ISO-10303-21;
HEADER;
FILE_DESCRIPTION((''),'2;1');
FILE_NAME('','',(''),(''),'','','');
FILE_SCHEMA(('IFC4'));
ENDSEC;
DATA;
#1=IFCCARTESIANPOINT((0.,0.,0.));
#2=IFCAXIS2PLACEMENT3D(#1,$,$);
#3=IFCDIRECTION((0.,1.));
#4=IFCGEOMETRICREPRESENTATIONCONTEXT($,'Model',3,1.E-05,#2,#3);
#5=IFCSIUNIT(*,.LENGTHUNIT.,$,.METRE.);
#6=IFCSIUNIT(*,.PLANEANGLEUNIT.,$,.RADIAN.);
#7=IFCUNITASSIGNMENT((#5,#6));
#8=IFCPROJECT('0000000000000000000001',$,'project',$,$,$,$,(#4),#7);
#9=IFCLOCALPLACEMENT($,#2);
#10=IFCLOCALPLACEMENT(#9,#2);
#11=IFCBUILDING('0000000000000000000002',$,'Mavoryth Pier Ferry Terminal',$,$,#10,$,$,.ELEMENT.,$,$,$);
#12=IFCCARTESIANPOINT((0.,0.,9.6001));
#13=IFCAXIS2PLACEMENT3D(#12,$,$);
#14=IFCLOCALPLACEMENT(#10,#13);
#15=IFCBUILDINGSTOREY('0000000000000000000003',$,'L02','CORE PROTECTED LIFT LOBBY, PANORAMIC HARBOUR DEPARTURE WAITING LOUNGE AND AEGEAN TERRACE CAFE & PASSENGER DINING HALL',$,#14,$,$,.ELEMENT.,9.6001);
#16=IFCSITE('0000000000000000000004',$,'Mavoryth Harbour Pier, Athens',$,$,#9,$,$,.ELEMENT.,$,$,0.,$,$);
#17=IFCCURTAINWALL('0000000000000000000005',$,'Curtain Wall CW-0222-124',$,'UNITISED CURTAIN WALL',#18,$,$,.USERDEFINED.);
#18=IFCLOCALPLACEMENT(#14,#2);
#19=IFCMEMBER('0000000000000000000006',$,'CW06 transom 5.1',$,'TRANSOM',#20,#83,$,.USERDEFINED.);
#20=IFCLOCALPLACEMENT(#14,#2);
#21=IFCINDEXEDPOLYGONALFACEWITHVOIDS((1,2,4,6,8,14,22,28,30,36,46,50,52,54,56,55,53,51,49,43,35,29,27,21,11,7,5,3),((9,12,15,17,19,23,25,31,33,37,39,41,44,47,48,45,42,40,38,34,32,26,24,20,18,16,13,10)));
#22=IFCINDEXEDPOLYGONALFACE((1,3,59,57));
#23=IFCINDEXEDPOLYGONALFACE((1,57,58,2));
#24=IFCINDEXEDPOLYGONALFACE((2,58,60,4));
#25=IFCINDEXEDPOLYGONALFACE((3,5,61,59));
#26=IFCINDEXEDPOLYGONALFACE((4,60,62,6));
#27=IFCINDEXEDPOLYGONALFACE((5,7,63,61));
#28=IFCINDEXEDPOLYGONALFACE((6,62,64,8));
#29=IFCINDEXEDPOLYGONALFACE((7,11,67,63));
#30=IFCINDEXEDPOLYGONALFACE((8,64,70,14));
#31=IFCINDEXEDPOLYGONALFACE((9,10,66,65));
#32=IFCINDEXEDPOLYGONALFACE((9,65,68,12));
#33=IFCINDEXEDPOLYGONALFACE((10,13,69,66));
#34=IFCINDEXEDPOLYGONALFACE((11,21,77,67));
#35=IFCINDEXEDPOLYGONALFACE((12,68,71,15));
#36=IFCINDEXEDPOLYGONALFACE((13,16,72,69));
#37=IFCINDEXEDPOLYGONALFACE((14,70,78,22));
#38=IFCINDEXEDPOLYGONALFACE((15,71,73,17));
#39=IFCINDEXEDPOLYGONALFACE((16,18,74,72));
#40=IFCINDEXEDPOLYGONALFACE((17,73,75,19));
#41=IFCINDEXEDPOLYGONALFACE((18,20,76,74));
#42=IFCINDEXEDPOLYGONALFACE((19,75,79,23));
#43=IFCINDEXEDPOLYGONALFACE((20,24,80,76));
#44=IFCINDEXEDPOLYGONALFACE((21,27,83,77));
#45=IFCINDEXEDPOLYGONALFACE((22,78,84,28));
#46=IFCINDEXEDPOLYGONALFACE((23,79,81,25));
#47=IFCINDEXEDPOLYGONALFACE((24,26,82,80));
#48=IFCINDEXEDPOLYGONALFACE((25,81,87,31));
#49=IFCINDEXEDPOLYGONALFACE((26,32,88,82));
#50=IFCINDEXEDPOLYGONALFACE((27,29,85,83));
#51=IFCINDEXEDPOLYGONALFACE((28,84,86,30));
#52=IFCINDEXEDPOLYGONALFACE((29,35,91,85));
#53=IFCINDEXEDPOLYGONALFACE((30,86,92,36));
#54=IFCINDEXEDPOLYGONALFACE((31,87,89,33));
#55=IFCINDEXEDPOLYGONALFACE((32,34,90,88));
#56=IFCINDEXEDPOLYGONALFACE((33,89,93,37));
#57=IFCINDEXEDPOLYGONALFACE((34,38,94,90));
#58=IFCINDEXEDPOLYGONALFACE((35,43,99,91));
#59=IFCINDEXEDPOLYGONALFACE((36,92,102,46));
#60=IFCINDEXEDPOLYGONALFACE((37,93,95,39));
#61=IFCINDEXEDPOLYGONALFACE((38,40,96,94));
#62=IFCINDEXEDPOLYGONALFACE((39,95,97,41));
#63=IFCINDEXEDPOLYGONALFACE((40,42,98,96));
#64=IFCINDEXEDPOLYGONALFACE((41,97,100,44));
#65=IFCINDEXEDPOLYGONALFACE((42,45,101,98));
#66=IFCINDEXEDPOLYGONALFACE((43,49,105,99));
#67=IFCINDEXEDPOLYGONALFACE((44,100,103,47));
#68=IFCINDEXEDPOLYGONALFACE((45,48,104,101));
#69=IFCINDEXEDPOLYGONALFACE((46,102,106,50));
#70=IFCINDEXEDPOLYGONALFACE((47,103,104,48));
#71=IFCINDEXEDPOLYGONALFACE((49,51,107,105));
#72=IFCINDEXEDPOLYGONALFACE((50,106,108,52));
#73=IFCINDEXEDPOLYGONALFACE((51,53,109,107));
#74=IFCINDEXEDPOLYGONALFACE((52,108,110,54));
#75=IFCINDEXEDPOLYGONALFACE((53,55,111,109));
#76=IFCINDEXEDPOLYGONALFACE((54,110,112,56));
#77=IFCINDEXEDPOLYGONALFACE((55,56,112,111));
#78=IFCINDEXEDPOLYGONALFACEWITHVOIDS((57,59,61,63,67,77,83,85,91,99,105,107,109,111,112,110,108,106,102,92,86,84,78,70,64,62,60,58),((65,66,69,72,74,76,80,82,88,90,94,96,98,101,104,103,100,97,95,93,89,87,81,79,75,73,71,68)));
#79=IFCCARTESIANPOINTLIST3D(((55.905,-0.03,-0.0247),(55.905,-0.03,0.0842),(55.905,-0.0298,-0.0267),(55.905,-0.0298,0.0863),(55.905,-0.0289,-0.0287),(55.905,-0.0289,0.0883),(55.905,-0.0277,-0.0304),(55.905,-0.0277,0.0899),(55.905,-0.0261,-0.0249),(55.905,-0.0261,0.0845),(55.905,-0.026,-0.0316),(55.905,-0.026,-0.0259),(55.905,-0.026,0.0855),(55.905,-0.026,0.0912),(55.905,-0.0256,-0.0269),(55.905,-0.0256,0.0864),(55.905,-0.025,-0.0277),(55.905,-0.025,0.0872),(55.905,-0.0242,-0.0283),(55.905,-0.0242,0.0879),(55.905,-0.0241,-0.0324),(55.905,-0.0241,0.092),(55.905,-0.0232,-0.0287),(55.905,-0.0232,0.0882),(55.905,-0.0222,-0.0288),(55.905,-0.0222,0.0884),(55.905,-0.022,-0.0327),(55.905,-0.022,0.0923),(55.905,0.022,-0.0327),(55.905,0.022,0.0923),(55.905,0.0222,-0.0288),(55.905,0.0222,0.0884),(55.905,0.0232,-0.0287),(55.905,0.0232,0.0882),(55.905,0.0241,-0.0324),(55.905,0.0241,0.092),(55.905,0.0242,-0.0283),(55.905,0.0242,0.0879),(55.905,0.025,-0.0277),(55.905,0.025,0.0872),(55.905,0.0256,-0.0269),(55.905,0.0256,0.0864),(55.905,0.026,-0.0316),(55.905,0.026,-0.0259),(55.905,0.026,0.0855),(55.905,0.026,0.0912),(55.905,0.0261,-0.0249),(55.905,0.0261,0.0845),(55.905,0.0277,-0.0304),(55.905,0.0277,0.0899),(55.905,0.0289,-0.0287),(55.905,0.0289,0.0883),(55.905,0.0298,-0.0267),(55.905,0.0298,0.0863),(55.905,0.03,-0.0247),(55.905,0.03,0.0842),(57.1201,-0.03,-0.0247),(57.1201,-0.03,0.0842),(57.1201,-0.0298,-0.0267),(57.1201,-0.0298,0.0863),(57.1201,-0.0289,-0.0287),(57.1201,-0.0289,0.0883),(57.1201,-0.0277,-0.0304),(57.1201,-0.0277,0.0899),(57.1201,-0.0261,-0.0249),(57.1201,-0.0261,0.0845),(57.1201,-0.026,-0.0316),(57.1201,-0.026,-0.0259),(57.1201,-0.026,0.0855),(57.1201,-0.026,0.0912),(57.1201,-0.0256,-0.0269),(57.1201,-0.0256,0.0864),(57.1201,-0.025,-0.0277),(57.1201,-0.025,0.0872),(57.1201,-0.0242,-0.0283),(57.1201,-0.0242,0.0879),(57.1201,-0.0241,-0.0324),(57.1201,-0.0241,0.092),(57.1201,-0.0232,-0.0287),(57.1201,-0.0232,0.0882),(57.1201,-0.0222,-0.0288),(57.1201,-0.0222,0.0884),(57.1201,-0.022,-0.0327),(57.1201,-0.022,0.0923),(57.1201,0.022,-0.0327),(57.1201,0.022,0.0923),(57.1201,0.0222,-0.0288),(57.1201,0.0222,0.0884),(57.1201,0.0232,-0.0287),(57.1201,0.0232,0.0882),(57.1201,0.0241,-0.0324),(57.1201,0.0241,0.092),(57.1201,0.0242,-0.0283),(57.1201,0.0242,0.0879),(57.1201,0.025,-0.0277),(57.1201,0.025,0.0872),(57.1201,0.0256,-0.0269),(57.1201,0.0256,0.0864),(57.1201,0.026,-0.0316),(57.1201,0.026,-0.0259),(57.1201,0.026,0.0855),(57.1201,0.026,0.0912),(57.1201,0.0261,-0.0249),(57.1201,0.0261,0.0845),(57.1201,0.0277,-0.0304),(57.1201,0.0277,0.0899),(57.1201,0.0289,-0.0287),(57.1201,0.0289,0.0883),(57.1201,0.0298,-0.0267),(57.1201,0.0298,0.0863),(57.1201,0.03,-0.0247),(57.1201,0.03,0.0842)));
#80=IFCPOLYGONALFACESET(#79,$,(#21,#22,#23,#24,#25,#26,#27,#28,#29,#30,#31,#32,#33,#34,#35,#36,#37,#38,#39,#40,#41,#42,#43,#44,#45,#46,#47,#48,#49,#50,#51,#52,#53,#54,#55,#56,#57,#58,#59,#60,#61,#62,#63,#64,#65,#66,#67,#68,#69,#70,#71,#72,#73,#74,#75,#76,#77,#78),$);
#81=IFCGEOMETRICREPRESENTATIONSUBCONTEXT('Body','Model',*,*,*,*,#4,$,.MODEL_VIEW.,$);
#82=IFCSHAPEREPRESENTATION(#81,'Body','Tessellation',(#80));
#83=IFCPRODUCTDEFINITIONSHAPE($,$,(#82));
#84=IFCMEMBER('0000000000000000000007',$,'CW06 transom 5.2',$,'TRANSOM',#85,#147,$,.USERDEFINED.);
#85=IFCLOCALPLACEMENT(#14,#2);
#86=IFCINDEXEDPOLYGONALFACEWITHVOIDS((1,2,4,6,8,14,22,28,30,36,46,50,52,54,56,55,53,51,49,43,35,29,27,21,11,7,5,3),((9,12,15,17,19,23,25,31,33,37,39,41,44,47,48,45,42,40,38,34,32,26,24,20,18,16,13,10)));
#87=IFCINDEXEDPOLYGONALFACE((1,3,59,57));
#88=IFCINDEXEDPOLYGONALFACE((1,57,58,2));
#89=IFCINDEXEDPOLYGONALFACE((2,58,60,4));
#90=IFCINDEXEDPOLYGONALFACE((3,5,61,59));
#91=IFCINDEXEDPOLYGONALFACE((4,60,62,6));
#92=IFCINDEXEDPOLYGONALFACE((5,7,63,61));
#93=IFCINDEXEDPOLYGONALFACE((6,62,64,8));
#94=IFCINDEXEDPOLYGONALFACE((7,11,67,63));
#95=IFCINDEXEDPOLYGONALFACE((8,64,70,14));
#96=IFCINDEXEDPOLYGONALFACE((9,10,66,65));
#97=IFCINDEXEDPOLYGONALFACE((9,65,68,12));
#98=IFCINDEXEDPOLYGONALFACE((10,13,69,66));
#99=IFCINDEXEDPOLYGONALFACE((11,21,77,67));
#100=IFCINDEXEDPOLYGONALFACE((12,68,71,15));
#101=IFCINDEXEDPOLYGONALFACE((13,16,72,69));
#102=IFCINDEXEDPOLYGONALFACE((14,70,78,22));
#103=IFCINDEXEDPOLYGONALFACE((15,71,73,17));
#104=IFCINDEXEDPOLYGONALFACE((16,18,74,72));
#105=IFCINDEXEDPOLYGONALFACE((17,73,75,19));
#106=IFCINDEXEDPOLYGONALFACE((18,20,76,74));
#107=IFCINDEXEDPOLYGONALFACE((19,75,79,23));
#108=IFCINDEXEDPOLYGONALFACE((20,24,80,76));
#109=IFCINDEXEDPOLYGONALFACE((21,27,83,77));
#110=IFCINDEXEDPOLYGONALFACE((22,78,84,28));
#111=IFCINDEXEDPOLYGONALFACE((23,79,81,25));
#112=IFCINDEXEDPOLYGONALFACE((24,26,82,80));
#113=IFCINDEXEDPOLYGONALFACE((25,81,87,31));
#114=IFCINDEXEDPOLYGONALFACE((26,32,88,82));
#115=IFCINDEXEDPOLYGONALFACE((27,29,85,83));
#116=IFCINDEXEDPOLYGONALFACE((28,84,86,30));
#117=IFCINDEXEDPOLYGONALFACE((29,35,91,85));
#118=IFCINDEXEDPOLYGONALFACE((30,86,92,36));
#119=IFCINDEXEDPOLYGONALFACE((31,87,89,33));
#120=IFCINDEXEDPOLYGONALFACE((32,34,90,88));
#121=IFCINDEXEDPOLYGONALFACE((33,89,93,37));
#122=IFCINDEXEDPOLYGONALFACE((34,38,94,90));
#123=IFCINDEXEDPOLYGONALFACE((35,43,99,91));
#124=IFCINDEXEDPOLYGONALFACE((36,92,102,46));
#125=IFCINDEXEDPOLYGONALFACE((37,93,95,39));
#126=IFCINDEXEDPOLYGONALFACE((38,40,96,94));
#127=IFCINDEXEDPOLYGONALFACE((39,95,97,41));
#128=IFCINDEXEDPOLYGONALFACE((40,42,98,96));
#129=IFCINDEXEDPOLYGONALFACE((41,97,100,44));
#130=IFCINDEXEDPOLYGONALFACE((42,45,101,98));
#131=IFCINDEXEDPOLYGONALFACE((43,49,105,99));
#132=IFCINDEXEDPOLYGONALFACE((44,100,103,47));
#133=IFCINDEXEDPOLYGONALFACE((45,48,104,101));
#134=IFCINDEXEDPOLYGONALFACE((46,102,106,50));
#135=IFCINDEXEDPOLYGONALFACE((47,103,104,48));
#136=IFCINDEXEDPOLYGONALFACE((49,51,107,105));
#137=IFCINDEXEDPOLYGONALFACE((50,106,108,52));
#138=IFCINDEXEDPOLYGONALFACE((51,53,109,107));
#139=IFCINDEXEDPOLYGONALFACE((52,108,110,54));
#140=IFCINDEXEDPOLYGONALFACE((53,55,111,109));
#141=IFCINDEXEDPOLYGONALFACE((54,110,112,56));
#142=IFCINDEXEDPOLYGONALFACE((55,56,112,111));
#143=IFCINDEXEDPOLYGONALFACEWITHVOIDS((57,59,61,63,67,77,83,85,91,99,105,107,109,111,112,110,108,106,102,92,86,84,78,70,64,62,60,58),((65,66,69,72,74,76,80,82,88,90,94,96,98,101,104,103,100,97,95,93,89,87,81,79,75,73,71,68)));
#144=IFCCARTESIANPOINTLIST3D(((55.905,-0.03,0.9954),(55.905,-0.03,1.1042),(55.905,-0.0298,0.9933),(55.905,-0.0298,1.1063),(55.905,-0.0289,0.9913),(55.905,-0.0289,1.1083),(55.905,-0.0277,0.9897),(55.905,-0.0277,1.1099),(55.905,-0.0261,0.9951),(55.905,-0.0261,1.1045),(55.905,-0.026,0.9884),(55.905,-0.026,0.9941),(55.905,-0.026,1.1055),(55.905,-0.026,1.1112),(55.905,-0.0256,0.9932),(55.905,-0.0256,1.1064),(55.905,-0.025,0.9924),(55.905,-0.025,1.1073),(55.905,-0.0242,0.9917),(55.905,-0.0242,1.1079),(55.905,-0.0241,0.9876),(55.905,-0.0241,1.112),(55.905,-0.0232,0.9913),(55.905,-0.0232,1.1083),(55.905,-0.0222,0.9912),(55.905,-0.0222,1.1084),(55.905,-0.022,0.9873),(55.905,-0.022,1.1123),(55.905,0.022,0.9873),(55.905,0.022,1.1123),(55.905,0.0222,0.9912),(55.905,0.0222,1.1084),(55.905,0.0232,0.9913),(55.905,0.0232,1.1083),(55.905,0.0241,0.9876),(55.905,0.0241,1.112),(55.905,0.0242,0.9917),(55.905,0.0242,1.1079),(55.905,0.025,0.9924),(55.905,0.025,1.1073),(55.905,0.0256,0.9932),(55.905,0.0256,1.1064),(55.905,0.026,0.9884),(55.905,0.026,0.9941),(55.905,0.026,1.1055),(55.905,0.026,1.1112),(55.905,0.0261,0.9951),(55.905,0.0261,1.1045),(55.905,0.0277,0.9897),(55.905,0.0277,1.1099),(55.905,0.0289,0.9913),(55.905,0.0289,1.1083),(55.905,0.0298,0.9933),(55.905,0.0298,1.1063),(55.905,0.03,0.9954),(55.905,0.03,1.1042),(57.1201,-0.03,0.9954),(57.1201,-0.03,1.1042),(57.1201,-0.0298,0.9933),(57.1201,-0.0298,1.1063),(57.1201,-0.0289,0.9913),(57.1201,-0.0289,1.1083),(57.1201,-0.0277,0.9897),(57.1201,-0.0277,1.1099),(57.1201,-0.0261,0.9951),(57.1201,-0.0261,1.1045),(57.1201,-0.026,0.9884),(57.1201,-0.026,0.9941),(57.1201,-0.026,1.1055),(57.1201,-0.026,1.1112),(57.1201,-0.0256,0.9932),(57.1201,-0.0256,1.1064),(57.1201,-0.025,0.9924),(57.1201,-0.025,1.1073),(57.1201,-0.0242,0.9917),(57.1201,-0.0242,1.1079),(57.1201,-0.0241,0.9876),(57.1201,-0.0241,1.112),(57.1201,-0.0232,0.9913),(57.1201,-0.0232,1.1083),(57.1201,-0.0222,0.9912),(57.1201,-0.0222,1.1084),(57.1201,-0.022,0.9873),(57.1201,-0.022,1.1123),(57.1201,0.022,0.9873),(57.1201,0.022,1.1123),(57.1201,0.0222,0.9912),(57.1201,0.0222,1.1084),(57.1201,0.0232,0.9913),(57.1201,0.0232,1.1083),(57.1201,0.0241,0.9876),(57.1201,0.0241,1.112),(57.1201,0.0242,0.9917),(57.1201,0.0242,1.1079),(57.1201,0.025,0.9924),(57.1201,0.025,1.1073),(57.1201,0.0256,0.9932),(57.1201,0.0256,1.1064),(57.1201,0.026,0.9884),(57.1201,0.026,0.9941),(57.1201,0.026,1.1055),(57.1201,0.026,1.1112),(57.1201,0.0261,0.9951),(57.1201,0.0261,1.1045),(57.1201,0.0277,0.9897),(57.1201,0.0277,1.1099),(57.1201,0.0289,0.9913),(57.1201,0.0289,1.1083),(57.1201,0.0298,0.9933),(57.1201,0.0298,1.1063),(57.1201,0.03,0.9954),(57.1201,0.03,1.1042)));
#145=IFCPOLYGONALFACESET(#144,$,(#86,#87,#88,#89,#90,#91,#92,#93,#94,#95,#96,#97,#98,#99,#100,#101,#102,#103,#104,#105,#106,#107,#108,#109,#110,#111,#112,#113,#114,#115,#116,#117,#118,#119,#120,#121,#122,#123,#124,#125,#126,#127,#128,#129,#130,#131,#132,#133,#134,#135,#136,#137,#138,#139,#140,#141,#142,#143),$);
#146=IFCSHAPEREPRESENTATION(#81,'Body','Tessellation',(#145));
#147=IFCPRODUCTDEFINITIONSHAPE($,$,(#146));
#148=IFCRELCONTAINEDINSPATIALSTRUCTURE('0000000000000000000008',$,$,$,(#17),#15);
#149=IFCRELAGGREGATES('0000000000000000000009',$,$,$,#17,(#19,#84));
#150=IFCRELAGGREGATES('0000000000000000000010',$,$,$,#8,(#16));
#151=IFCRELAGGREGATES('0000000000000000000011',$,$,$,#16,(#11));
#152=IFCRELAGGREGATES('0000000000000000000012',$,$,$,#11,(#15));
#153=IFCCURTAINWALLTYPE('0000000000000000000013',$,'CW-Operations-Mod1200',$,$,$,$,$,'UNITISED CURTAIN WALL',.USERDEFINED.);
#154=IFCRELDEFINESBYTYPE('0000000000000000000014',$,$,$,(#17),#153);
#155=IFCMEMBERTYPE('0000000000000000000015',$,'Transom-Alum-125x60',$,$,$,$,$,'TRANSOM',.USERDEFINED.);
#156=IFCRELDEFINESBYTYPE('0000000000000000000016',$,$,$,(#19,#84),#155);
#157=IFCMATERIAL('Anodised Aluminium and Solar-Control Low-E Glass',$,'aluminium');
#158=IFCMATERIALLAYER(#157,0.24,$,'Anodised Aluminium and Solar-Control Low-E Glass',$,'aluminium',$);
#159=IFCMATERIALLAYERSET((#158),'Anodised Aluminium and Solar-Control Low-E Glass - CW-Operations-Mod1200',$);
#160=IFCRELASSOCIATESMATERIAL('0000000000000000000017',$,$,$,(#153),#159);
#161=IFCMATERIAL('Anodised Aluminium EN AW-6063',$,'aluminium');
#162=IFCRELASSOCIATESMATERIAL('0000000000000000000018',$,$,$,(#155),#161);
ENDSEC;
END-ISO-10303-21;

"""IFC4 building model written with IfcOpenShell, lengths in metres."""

from ifc_helpers import new_model, si_unit, direction, frame, origin, origin_2d, place, context, subcontext, project, spatial, hollow_rectangle, extrude, material, layer, layer_set, material_profile, profile_set, type_object, element, aggregate, save


model = new_model("IFC4")

# Units and contexts
model_context = context("Model", 3, precision=1e-05, world=origin(), true_north=direction((0.0, 1.0)))
body_context = subcontext(model_context, "Body", "Model", "MODEL_VIEW")
ifc_project = project(units=[si_unit("LENGTHUNIT", "METRE"), si_unit("PLANEANGLEUNIT", "RADIAN")], contexts=[model_context])

# Site, building, storey
site_placement = place(None, origin())
site = spatial("IfcSite", under=ifc_project, at=site_placement, Name="Mavoryth Harbour Pier, Athens", CompositionType="ELEMENT", RefElevation=0.0)
building_placement = place(site_placement, origin())
building = spatial("IfcBuilding", under=site, at=building_placement, Name="Mavoryth Pier Ferry Terminal", CompositionType="ELEMENT")
storey_placement = place(building_placement, frame((0.0, 0.0, 9.6001)))
storey = spatial("IfcBuildingStorey", under=building, at=storey_placement, Name="L02", Description="CORE PROTECTED LIFT LOBBY, PANORAMIC HARBOUR DEPARTURE WAITING LOUNGE AND AEGEAN TERRACE CAFE & PASSENGER DINING HALL", CompositionType="ELEMENT", Elevation=9.6001)

# Curtain wall
ifc_material_1 = material(Name="Anodised Aluminium and Solar-Control Low-E Glass", Category="aluminium")
ifc_layer_1 = layer(ifc_material_1, 0.24, Name="Anodised Aluminium and Solar-Control Low-E Glass", Category="aluminium")
ifc_layer_set_1 = layer_set([ifc_layer_1], Name="Anodised Aluminium and Solar-Control Low-E Glass - CW-Operations-Mod1200")
curtain_wall_type = type_object("IfcCurtainWallType", Name="CW-Operations-Mod1200", ElementType="UNITISED CURTAIN WALL", PredefinedType="USERDEFINED", material=ifc_layer_set_1)
curtain_wall_placement = place(storey_placement, origin())
curtain_wall = element("IfcCurtainWall", 1, at=curtain_wall_placement, inside=storey, type_object=curtain_wall_type, Name="Curtain Wall CW-0222-124", ObjectType="UNITISED CURTAIN WALL", PredefinedType="USERDEFINED")
ifc_material_2 = material(Name="Anodised Aluminium EN AW-6063", Category="aluminium")

# Members
ifc_material_profile_1 = material_profile(ifc_material_2, hollow_rectangle(XDim=0.0601, YDim=0.125, WallThickness=0.0039, InnerFilletRadius=0.0039, OuterFilletRadius=0.0081, at=origin_2d()), Name="AL-TRAN 125x60x4", Category="aluminium")
ifc_profile_set_1 = profile_set([ifc_material_profile_1], Name="Anodised Aluminium EN AW-6063 - AL-TRAN 125x60x4")
member_type_1 = type_object("IfcMemberType", Name="Transom-Alum-125x60", ElementType="TRANSOM", PredefinedType="USERDEFINED", material=ifc_profile_set_1)
member_1_placement = place(storey_placement, frame((55.905, 0.0, 0.0298), z_axis=(1.0, 0.0, 0.0), x_axis=(0.0, 1.0, 0.0)))
member_1 = element("IfcMember", 2, at=member_1_placement, type_object=member_type_1, Name="CW06 transom 5.1", ObjectType="TRANSOM", PredefinedType="USERDEFINED", context=body_context, shape_type="SweptSolid", body=[
    extrude(hollow_rectangle(XDim=0.0601, YDim=0.125, WallThickness=0.0039, InnerFilletRadius=0.0039, OuterFilletRadius=0.0081, at=origin_2d()), origin(), (0.0, 0.0, 1.0), 1.2151),
])
member_2_placement = place(storey_placement, frame((55.905, 0.0, 1.0498), z_axis=(1.0, 0.0, 0.0), x_axis=(0.0, 1.0, 0.0)))
member_2 = element("IfcMember", 3, at=member_2_placement, type_object=member_type_1, Name="CW06 transom 5.2", ObjectType="TRANSOM", PredefinedType="USERDEFINED", context=body_context, shape_type="SweptSolid", body=[
    extrude(hollow_rectangle(XDim=0.0601, YDim=0.125, WallThickness=0.0039, InnerFilletRadius=0.0039, OuterFilletRadius=0.0081, at=origin_2d()), origin(), (0.0, 0.0, 1.0), 1.2151),
])

aggregate(curtain_wall, [member_1, member_2])

save(model, "model.ifc")
